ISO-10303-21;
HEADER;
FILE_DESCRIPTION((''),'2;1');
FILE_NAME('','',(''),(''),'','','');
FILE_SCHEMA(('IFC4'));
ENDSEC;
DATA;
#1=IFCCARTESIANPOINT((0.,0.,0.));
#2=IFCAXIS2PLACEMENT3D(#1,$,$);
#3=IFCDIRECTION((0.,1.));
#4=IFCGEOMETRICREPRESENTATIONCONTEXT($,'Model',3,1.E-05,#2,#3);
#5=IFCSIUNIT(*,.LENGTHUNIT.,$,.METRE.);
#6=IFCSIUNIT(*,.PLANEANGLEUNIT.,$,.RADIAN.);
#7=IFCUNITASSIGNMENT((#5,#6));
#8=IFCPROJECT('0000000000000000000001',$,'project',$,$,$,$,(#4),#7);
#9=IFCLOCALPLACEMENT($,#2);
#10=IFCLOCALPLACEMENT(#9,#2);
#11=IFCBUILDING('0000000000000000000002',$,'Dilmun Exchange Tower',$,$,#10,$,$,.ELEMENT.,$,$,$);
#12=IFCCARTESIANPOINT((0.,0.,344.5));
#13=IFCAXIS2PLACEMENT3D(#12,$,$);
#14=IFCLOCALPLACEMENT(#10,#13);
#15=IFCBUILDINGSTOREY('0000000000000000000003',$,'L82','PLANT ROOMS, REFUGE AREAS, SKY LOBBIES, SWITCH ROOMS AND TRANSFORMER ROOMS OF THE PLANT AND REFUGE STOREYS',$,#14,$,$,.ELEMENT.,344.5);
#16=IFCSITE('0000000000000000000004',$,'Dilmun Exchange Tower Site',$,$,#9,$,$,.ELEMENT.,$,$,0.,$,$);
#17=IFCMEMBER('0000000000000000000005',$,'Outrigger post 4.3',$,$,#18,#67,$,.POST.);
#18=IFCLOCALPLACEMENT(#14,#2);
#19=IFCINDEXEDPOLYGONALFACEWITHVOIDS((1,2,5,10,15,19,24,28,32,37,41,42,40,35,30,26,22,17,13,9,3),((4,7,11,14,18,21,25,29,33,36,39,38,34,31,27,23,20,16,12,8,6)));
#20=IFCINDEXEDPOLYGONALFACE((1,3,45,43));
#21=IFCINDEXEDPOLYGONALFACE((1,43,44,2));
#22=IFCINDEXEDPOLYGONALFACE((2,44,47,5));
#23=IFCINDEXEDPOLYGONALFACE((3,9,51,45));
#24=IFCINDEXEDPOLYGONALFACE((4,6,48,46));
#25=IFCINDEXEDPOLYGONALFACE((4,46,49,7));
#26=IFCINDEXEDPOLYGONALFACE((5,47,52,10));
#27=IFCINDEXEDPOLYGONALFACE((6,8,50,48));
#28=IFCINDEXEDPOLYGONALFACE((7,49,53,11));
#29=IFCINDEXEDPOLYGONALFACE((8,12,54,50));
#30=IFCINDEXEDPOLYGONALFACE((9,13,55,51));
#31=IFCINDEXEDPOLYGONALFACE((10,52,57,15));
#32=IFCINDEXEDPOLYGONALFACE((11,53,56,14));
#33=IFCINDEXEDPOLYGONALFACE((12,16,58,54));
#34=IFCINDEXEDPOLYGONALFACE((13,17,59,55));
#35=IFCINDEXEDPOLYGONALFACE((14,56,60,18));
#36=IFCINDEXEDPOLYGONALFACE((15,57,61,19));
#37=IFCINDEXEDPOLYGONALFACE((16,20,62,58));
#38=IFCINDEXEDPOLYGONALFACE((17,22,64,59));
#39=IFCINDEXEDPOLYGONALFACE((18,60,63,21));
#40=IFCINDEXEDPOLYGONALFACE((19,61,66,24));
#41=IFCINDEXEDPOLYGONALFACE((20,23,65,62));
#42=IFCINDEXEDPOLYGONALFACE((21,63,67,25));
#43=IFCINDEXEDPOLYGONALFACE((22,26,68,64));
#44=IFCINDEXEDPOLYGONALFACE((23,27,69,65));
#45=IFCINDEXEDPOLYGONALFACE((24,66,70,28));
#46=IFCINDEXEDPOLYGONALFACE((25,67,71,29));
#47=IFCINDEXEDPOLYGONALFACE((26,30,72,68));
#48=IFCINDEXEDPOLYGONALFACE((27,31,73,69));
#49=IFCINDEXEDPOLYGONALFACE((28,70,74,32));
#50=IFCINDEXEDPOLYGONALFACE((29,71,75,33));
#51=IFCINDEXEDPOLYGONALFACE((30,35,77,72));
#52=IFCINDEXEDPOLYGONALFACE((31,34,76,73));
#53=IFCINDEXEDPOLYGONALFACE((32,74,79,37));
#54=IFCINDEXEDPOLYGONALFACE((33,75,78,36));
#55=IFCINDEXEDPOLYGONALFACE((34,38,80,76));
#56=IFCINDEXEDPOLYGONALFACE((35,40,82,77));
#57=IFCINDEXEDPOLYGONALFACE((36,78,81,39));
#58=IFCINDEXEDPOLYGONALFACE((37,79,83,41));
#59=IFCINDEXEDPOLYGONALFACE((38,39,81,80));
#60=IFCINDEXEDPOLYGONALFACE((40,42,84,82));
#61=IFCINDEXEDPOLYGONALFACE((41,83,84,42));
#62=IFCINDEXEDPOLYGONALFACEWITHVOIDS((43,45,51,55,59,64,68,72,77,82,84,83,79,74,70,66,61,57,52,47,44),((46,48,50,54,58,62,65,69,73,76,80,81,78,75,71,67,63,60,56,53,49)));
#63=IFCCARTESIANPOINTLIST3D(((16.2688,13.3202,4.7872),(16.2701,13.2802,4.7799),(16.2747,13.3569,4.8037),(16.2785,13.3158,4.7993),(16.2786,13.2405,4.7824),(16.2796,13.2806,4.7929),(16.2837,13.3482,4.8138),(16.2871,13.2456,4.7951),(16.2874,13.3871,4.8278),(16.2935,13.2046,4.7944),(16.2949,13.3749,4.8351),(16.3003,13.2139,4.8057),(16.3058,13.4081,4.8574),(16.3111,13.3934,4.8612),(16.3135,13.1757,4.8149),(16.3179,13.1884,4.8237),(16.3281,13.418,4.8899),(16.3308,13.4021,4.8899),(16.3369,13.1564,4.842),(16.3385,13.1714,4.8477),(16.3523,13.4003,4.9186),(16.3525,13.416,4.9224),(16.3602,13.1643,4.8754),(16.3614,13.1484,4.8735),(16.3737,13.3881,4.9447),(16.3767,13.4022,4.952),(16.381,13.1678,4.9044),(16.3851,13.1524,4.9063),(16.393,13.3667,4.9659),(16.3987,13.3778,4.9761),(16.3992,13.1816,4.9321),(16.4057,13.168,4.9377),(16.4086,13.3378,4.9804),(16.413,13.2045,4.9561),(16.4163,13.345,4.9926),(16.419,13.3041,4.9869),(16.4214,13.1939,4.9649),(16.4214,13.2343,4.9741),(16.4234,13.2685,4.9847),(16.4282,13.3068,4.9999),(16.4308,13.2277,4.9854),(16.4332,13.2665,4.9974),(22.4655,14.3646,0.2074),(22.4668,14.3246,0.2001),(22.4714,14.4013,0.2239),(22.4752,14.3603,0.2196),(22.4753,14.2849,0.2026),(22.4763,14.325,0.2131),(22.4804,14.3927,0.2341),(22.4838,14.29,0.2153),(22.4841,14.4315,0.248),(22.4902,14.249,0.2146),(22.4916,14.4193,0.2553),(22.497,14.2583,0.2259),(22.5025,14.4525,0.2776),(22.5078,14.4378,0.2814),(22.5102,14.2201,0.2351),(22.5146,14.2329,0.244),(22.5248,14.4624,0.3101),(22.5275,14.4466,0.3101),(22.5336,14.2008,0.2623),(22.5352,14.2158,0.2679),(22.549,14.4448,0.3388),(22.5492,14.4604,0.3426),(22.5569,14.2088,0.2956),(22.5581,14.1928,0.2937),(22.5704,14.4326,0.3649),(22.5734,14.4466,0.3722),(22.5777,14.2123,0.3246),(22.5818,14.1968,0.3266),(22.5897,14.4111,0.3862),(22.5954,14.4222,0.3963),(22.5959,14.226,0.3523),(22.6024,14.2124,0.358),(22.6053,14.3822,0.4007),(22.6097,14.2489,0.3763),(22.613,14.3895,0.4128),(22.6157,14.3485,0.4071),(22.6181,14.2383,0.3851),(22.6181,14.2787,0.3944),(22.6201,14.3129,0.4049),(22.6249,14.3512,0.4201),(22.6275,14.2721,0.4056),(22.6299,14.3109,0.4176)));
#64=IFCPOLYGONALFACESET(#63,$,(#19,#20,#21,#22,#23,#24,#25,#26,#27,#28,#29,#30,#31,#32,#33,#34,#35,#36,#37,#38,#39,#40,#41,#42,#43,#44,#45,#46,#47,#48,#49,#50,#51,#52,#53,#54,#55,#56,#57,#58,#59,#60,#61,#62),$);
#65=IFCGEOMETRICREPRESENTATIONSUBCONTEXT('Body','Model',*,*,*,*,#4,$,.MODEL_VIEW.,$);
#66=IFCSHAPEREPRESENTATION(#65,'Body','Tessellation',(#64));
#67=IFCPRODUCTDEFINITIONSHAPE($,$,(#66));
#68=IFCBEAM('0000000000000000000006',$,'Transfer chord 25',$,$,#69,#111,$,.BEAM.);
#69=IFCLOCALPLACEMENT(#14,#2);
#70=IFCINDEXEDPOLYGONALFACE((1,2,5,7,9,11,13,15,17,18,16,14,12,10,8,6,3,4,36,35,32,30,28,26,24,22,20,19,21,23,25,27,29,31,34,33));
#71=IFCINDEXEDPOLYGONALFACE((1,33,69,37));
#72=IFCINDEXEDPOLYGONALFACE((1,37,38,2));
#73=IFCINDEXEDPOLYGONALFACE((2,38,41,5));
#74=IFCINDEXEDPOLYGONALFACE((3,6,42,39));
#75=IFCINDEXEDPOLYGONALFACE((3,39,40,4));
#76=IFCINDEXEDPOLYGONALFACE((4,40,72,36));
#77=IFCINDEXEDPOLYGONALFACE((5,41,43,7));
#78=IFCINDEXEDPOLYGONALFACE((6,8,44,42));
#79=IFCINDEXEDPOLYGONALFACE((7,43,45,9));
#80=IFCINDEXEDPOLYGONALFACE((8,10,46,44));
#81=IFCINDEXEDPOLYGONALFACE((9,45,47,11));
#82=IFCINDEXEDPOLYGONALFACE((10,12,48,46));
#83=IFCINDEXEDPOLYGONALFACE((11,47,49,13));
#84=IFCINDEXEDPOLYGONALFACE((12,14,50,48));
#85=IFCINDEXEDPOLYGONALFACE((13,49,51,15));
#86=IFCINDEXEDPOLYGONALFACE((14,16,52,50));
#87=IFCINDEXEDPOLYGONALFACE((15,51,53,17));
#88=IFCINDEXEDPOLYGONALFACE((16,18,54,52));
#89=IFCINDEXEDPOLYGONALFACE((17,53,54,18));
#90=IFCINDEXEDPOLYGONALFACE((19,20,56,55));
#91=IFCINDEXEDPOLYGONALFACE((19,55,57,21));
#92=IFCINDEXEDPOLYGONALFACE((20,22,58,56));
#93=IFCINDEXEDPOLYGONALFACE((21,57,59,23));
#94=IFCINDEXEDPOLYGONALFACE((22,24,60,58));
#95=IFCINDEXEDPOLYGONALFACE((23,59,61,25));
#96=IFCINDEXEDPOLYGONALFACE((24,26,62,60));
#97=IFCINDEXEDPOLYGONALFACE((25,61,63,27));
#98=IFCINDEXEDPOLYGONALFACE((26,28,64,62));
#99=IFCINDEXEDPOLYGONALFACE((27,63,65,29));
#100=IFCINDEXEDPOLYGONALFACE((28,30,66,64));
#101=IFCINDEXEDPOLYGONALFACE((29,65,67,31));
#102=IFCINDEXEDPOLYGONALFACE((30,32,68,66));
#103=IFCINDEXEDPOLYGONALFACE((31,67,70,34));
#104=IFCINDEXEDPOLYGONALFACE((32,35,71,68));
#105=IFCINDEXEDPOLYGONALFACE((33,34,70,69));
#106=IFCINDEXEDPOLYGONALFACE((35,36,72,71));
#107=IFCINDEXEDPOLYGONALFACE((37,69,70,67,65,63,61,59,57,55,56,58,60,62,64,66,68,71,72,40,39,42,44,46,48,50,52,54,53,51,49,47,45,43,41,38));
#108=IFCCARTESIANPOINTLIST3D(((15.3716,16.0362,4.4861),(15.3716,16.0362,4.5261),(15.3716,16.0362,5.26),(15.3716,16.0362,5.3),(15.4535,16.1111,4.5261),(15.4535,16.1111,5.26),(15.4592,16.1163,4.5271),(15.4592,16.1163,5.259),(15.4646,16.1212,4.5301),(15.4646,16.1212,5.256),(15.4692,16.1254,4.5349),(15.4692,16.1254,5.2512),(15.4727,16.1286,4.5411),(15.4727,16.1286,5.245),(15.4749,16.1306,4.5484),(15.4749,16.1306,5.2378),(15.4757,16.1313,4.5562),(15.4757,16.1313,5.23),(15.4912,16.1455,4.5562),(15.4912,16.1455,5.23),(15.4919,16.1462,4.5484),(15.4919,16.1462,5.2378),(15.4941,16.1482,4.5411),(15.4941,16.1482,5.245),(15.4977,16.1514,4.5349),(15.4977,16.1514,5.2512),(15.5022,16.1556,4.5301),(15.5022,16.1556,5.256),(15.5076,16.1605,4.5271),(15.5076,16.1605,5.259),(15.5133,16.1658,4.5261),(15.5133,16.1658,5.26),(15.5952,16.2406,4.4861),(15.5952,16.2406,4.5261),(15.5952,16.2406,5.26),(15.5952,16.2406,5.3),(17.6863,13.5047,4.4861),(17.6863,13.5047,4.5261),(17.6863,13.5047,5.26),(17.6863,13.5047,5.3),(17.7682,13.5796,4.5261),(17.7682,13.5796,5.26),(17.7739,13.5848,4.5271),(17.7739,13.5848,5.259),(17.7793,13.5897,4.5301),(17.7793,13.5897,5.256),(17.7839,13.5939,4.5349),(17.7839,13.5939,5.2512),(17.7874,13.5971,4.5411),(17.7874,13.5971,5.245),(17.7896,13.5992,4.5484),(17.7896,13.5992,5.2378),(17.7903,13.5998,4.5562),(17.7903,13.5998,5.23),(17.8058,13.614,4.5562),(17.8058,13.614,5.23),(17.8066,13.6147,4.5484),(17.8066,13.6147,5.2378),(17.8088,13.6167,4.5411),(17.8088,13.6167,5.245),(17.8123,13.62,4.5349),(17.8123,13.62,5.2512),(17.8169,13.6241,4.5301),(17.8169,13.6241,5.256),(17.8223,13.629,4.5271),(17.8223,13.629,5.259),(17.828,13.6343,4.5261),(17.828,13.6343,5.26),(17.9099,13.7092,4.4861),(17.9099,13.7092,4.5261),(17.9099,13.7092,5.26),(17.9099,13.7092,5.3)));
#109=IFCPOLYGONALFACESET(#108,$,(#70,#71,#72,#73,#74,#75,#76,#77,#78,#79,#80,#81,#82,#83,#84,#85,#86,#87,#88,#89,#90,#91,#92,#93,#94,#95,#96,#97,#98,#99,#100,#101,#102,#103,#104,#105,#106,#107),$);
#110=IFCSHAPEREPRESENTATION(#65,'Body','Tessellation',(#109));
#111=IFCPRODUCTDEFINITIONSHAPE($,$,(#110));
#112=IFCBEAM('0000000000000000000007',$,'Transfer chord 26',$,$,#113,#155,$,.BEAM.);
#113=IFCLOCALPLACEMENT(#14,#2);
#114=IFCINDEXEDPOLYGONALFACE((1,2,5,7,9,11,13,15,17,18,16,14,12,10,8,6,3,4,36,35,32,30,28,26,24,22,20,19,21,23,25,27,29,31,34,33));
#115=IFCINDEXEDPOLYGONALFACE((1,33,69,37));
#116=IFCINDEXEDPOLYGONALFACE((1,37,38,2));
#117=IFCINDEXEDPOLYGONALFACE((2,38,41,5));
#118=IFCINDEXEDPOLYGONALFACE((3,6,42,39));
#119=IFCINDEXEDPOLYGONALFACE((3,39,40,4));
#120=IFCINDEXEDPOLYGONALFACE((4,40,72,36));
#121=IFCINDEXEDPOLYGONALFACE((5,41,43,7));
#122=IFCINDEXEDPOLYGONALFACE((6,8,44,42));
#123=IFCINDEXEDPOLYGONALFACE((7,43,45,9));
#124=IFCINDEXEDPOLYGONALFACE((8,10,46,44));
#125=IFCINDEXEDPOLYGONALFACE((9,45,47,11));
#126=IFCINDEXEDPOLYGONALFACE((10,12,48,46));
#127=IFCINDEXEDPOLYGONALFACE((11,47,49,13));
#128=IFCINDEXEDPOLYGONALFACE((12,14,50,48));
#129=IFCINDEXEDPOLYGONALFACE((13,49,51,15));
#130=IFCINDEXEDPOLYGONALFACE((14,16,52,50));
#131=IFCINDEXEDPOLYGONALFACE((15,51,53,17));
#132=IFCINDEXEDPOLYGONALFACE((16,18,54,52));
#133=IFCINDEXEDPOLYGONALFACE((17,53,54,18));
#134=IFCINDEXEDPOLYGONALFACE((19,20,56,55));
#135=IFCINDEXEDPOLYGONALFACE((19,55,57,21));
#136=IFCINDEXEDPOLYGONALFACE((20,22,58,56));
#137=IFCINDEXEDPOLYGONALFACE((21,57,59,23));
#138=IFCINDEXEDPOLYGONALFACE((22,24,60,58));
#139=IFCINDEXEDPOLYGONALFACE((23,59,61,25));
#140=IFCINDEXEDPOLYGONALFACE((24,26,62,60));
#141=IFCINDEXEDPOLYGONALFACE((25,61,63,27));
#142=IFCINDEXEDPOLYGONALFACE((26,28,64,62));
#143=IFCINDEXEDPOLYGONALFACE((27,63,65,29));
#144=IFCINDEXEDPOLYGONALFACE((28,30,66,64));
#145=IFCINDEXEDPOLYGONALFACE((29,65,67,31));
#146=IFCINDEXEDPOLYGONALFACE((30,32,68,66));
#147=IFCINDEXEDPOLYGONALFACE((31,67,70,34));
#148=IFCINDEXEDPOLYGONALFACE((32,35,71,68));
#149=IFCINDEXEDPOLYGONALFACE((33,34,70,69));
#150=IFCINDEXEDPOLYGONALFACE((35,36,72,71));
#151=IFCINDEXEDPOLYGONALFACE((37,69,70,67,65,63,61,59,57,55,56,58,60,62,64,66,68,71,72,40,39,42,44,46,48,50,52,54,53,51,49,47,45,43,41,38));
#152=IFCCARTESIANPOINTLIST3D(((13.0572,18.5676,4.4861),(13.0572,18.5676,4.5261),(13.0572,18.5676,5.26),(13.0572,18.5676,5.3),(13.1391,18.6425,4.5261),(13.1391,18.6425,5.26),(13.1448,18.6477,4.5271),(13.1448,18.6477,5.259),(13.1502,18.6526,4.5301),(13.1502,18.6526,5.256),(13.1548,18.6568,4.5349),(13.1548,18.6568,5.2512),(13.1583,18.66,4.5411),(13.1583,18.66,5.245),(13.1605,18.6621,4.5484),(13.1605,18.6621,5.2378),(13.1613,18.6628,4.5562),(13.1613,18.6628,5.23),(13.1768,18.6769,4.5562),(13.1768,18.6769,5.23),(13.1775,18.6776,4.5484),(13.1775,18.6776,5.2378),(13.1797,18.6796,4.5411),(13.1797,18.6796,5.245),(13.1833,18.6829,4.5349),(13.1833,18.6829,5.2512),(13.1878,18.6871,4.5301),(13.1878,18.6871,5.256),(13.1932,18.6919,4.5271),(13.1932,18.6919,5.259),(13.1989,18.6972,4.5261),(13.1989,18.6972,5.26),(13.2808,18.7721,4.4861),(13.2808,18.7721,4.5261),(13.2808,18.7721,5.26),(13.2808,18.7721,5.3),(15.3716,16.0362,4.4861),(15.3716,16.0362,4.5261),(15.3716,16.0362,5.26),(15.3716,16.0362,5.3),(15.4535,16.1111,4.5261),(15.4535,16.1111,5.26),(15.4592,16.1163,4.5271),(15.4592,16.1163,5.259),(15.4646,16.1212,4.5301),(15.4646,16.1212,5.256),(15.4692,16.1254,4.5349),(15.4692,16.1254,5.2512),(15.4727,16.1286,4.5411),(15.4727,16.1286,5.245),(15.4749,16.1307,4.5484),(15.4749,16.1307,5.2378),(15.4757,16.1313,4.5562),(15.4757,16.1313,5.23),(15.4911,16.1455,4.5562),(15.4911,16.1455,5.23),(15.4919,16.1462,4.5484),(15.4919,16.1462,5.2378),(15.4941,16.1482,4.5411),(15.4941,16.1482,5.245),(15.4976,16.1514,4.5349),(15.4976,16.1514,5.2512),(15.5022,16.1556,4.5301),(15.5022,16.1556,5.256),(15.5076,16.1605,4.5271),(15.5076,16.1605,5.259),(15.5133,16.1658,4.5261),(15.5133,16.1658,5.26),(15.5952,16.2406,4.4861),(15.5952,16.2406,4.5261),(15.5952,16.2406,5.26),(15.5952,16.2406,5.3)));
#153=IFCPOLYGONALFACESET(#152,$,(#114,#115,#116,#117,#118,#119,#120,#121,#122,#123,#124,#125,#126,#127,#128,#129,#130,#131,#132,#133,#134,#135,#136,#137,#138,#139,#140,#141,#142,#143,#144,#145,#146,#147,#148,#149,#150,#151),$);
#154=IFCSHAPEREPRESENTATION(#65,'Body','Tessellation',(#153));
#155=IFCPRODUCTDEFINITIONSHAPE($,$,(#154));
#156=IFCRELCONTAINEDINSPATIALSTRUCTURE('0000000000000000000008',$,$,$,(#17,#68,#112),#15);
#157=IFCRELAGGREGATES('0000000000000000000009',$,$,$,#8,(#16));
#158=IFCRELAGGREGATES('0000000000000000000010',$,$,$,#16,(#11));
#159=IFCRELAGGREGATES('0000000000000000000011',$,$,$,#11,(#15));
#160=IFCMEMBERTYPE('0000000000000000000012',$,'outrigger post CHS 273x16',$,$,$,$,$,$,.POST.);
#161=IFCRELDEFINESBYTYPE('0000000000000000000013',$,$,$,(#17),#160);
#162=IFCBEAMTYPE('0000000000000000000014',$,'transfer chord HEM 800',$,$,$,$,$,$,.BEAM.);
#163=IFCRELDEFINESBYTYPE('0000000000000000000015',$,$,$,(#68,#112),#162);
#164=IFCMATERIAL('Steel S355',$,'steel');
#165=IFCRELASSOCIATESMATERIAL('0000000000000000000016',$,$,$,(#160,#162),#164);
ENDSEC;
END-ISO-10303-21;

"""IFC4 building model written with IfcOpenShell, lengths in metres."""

from ifc_helpers import new_model, si_unit, direction, frame, origin, origin_2d, place, context, subcontext, project, spatial, hollow_circle, i_section, extrude, material, material_profile, profile_set, type_object, element, save


model = new_model("IFC4")

# Units and contexts
model_context = context("Model", 3, precision=1e-05, world=origin(), true_north=direction((0.0, 1.0)))
body_context = subcontext(model_context, "Body", "Model", "MODEL_VIEW")
ifc_project = project(units=[si_unit("LENGTHUNIT", "METRE"), si_unit("PLANEANGLEUNIT", "RADIAN")], contexts=[model_context])

# Site, building, storey
site_placement = place(None, origin())
site = spatial("IfcSite", under=ifc_project, at=site_placement, Name="Dilmun Exchange Tower Site", CompositionType="ELEMENT", RefElevation=0.0)
building_placement = place(site_placement, origin())
building = spatial("IfcBuilding", under=site, at=building_placement, Name="Dilmun Exchange Tower", CompositionType="ELEMENT")
storey_placement = place(building_placement, frame((0.0, 0.0, 344.5)))
storey = spatial("IfcBuildingStorey", under=building, at=storey_placement, Name="L82", Description="PLANT ROOMS, REFUGE AREAS, SKY LOBBIES, SWITCH ROOMS AND TRANSFORMER ROOMS OF THE PLANT AND REFUGE STOREYS", CompositionType="ELEMENT", Elevation=344.5)

# Member
ifc_material_1 = material(Name="Steel S355", Category="steel")
ifc_material_profile_1 = material_profile(ifc_material_1, hollow_circle(Radius=0.1365, WallThickness=0.0161, at=origin_2d()), Name="CHS 273x16")
ifc_profile_set_1 = profile_set([ifc_material_profile_1], Name="Steel S355")
member_type_1 = type_object("IfcMemberType", Name="outrigger post CHS 273x16", PredefinedType="POST", material=ifc_profile_set_1)
member_1_placement = place(storey_placement, frame((16.3508, 13.2834, 4.8899), z_axis=(0.796913, 0.134315, -0.588972), x_axis=(-0.166201, 0.986092, 0.0)))
element("IfcMember", 1, at=member_1_placement, inside=storey, type_object=member_type_1, Name="Outrigger post 4.3", PredefinedType="POST", context=body_context, shape_type="SweptSolid", body=[
    extrude(hollow_circle(Radius=0.1365, WallThickness=0.0161, at=origin_2d()), origin(), (0.0, 0.0, 1.0), 7.7759),
])

# Beams
ifc_material_profile_2 = material_profile(ifc_material_1, i_section(OverallWidth=0.303, OverallDepth=0.814, WebThickness=0.021, FlangeThickness=0.04, FilletRadius=0.03, at=origin_2d()), Name="HEM 800")
ifc_profile_set_2 = profile_set([ifc_material_profile_2], Name="Steel S355")
beam_type = type_object("IfcBeamType", Name="transfer chord HEM 800", PredefinedType="BEAM", material=ifc_profile_set_2)
beam_1_placement = place(storey_placement, frame((17.7981, 13.6069, 4.8931), z_axis=(-0.674799, 0.738001, 0.0), x_axis=(-0.738001, -0.674799, 0.0)))
element("IfcBeam", 2, at=beam_1_placement, inside=storey, type_object=beam_type, Name="Transfer chord 25", PredefinedType="BEAM", context=body_context, shape_type="SweptSolid", body=[
    extrude(i_section(OverallWidth=0.303, OverallDepth=0.814, WebThickness=0.021, FlangeThickness=0.04, FilletRadius=0.03, at=origin_2d()), origin(), (0.0, 0.0, 1.0), 3.4302),
])
beam_2_placement = place(storey_placement, frame((15.4834, 16.1384, 4.8931), z_axis=(-0.67476, 0.738037, 0.0), x_axis=(-0.738037, -0.67476, 0.0)))
element("IfcBeam", 3, at=beam_2_placement, inside=storey, type_object=beam_type, Name="Transfer chord 26", PredefinedType="BEAM", context=body_context, shape_type="SweptSolid", body=[
    extrude(i_section(OverallWidth=0.303, OverallDepth=0.814, WebThickness=0.021, FlangeThickness=0.04, FilletRadius=0.03, at=origin_2d()), origin(), (0.0, 0.0, 1.0), 3.4299),
])

save(model, "model.ifc")
